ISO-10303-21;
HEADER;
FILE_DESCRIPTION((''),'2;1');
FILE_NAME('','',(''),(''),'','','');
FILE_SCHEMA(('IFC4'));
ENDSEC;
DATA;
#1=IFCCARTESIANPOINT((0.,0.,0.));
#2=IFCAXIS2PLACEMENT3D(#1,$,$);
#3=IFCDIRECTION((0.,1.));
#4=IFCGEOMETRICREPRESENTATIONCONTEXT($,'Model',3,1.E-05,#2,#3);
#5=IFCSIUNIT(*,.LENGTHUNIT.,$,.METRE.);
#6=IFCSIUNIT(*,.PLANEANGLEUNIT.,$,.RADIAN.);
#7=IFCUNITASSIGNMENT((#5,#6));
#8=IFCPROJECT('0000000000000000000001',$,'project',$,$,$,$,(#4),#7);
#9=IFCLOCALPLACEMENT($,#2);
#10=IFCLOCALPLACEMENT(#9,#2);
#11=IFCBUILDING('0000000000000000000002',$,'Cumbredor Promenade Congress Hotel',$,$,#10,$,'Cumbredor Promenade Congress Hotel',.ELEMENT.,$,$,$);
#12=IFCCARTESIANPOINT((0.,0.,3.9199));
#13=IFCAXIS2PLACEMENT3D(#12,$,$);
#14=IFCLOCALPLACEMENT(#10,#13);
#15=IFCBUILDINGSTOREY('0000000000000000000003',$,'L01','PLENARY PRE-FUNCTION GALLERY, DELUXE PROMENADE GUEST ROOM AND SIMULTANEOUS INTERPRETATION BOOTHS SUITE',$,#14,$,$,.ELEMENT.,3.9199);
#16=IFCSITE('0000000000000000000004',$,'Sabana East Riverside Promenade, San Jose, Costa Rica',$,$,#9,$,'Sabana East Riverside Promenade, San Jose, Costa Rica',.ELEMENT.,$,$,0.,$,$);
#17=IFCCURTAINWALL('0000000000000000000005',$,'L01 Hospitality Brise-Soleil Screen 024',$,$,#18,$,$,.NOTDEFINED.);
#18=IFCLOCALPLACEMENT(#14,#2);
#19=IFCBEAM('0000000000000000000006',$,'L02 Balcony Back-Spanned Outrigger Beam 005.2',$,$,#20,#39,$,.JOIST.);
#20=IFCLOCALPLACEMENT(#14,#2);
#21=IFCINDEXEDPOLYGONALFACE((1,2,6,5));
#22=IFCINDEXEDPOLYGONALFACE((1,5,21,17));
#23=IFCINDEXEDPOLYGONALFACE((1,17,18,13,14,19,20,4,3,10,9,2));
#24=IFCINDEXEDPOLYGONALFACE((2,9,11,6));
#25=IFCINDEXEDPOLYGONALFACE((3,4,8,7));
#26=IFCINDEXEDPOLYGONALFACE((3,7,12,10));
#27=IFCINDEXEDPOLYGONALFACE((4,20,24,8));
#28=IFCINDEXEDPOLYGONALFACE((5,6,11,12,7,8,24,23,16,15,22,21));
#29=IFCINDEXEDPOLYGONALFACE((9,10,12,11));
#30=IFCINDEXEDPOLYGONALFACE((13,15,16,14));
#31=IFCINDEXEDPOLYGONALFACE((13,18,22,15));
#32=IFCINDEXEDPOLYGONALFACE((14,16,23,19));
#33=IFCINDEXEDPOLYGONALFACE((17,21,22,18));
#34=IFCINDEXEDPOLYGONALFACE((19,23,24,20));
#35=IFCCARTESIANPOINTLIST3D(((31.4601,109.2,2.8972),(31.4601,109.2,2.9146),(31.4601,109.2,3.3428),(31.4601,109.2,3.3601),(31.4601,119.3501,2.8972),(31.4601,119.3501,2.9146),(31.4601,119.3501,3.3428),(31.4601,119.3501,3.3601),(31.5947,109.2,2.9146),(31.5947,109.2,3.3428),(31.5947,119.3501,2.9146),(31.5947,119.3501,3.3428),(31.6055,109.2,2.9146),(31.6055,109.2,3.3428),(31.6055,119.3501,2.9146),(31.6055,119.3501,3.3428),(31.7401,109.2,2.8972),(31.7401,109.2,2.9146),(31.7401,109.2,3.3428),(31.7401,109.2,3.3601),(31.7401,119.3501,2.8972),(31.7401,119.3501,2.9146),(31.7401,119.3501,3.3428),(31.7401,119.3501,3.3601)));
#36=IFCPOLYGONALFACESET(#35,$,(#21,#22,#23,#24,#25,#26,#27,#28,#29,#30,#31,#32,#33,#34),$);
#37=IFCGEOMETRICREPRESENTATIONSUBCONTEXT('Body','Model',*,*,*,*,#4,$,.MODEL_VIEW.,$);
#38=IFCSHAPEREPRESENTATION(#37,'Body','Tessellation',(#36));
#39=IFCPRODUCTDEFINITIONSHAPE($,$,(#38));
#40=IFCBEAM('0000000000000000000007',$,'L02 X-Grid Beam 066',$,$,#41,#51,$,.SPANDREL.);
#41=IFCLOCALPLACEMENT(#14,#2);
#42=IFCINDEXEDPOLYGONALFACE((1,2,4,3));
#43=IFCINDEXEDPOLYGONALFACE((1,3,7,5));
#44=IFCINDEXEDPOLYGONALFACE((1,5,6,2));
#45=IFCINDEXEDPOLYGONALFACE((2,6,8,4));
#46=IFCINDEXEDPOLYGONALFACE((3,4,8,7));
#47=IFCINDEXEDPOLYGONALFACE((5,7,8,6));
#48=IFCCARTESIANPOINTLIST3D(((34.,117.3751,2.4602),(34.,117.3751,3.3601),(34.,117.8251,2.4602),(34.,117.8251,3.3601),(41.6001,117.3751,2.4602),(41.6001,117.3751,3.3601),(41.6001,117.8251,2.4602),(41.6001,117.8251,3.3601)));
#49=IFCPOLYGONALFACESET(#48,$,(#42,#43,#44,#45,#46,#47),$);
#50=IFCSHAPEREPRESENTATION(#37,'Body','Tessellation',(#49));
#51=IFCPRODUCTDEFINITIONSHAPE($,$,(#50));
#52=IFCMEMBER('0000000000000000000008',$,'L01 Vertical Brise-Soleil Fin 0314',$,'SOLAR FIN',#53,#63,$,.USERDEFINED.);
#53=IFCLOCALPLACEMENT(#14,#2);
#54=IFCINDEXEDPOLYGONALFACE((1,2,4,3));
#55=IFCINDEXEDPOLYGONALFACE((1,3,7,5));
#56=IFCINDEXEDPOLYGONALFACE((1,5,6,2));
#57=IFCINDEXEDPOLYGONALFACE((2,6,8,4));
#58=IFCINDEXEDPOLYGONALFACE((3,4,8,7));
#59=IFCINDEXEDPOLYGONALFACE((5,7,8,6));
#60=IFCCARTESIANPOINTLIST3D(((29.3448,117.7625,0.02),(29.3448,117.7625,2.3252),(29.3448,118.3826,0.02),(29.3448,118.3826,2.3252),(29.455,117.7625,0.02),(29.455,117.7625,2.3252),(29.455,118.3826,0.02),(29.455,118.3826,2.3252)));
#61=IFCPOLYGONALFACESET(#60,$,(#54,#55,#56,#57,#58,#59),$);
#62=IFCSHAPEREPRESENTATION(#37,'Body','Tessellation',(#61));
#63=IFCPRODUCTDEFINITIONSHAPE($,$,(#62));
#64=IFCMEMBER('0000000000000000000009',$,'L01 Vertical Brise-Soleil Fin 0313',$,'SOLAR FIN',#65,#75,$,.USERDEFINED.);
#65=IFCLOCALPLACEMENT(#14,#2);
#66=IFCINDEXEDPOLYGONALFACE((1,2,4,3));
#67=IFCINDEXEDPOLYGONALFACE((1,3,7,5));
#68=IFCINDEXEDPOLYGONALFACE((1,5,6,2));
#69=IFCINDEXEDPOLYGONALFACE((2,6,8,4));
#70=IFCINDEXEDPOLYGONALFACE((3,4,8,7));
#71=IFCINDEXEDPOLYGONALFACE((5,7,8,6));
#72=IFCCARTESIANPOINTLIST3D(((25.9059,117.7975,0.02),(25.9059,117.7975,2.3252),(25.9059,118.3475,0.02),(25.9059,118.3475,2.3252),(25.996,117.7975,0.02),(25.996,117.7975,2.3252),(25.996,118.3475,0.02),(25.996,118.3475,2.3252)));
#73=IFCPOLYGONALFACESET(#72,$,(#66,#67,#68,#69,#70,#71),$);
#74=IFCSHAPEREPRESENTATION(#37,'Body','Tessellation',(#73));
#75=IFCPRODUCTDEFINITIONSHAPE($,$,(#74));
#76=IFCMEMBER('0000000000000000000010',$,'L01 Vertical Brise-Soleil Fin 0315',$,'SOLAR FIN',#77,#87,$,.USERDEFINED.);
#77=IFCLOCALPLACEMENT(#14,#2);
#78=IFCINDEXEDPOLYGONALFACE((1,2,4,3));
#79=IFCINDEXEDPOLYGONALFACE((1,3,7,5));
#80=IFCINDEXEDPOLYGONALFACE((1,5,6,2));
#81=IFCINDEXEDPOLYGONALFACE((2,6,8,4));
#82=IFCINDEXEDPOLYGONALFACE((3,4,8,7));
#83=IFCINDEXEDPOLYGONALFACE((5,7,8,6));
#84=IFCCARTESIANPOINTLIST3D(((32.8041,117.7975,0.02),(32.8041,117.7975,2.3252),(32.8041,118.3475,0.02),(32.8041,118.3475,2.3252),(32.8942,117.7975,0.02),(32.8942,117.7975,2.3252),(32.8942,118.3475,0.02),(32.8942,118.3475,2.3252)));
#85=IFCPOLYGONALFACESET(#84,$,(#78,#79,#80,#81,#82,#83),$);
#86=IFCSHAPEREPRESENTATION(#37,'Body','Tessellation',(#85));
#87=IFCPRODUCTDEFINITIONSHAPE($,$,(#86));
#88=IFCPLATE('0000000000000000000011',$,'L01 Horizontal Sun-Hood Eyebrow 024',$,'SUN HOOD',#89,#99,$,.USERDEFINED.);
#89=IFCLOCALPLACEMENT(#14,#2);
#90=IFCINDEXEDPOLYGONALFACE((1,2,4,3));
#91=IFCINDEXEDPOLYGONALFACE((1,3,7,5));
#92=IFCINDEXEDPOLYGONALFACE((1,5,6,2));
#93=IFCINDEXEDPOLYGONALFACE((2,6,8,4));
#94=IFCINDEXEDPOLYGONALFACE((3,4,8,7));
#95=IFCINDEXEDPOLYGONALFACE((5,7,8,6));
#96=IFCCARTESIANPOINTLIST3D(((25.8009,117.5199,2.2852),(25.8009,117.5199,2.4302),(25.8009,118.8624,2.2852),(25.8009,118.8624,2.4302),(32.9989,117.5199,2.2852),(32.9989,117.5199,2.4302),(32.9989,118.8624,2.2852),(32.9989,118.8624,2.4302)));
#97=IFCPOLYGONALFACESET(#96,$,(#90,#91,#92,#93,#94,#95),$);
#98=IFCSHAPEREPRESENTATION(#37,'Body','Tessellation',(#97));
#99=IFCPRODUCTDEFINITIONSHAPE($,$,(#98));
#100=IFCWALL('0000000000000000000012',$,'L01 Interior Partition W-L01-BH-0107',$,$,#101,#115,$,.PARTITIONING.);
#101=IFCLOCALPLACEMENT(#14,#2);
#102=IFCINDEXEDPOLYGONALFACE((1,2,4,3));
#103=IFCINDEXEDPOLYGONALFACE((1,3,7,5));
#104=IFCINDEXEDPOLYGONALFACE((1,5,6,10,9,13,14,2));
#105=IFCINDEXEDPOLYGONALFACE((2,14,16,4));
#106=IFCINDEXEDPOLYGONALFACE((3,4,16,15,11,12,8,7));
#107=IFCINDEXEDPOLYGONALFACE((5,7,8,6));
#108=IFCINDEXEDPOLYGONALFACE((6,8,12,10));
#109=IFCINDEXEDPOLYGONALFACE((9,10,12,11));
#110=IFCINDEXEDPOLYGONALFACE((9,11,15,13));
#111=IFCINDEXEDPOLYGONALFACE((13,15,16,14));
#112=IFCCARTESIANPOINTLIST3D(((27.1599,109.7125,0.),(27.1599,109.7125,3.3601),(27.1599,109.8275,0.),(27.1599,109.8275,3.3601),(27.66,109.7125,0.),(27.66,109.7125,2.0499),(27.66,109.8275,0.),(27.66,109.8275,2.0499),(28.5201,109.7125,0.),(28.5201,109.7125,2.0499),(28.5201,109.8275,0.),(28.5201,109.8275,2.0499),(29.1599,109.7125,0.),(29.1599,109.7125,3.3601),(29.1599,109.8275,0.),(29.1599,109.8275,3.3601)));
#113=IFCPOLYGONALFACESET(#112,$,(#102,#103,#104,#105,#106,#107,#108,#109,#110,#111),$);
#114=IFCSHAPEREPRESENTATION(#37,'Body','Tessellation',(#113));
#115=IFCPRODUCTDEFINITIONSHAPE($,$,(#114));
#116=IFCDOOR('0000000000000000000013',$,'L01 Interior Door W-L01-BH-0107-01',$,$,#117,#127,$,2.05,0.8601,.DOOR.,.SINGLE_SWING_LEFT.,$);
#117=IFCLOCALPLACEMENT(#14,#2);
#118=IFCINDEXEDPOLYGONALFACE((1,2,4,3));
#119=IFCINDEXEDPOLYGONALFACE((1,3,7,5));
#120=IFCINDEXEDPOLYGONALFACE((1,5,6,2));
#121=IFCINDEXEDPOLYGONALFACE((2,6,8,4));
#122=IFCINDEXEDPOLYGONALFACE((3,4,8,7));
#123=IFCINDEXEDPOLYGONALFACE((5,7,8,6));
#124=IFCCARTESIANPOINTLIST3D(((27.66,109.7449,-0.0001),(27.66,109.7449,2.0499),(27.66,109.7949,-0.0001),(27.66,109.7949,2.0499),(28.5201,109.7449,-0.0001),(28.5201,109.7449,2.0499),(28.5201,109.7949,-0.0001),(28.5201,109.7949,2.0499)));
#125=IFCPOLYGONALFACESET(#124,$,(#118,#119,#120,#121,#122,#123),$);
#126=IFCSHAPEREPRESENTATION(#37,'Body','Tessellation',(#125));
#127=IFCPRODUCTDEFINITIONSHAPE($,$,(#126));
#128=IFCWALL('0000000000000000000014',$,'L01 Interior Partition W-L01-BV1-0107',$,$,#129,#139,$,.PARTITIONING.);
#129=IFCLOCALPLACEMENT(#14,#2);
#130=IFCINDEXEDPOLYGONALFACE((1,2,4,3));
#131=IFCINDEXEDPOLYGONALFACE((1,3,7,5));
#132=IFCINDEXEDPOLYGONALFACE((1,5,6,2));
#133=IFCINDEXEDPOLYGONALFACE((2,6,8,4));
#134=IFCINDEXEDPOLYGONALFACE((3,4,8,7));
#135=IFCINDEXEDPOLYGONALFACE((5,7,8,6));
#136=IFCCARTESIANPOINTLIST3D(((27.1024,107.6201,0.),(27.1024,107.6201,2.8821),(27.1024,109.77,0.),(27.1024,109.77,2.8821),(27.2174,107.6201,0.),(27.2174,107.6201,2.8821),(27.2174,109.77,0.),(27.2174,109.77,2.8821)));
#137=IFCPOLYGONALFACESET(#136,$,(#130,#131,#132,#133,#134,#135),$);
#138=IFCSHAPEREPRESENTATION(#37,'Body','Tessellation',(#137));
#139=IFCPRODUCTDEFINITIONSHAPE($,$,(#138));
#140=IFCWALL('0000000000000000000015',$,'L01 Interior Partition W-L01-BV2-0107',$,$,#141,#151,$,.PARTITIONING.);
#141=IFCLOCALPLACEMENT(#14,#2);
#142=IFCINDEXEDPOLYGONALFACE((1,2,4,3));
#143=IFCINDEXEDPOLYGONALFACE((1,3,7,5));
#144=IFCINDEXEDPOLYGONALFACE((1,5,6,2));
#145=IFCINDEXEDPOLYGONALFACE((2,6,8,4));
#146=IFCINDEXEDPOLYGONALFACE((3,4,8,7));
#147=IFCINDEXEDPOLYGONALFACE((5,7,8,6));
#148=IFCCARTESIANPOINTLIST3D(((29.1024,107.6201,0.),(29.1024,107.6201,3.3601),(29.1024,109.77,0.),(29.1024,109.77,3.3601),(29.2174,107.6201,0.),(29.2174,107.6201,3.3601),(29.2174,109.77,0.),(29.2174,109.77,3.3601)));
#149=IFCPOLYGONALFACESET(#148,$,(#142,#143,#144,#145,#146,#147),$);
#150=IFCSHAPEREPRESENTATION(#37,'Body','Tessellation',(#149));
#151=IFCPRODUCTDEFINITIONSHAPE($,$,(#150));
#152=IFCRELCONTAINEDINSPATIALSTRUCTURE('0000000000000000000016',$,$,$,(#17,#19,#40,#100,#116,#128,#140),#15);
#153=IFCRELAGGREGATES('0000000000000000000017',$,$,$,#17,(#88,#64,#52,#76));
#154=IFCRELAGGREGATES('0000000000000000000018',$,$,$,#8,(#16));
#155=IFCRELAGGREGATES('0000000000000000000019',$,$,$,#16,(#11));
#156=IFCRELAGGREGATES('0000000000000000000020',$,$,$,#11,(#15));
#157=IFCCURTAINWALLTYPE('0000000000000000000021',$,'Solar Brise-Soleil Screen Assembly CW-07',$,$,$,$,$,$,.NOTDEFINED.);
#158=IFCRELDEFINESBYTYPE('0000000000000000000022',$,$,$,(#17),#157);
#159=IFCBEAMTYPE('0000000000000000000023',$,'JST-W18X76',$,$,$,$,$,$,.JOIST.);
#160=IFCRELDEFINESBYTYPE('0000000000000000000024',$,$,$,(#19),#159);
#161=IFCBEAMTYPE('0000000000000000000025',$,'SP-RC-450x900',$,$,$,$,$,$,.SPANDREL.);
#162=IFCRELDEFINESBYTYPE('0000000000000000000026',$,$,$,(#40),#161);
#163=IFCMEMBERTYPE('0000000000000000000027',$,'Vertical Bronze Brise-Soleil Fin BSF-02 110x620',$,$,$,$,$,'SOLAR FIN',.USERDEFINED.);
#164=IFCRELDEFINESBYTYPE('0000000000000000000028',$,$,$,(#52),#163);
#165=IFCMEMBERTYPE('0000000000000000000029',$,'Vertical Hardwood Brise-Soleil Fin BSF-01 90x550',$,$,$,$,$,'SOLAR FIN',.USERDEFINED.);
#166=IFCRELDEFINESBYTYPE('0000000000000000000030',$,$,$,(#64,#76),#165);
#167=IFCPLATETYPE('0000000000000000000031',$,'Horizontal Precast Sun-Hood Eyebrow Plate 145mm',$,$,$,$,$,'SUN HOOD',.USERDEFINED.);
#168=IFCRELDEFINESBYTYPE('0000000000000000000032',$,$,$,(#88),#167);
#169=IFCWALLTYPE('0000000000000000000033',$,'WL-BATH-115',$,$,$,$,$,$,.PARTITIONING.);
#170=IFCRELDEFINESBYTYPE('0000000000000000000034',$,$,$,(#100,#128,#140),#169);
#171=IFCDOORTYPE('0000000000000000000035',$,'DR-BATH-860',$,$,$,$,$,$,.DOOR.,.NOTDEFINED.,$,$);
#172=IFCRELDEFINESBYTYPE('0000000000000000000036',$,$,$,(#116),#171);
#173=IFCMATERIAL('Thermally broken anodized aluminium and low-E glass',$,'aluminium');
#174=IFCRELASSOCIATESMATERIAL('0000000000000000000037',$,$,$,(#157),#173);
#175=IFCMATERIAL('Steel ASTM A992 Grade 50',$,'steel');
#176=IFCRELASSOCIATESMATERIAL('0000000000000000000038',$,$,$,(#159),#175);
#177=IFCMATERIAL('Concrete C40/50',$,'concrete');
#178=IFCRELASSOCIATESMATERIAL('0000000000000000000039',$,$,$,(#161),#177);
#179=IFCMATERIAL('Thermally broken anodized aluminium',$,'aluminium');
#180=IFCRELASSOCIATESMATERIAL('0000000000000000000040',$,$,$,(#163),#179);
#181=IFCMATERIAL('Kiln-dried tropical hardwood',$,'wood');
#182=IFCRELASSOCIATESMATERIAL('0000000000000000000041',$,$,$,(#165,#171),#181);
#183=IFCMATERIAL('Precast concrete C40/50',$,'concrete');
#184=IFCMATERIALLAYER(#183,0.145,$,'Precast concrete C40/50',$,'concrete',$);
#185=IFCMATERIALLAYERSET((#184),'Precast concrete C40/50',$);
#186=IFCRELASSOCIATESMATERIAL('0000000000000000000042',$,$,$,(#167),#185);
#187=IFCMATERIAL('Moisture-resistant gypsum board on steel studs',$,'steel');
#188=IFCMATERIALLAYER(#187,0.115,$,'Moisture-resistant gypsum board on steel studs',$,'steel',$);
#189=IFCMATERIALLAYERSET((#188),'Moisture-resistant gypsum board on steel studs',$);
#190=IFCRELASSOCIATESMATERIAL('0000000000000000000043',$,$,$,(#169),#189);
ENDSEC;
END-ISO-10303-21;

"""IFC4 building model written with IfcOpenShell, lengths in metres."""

from ifc_helpers import new_model, si_unit, direction, frame, frame_2d, origin, origin_2d, place, context, subcontext, project, spatial, rectangle, i_section, extrude, material, layer, layer_set, material_profile, profile_set, type_object, element, fill, aggregate, save


model = new_model("IFC4")

# Units and contexts
model_context = context("Model", 3, precision=1e-05, world=origin(), true_north=direction((0.0, 1.0)))
body_context = subcontext(model_context, "Body", "Model", "MODEL_VIEW")
ifc_project = project(units=[si_unit("LENGTHUNIT", "METRE"), si_unit("PLANEANGLEUNIT", "RADIAN")], contexts=[model_context])

# Site, building, storey
site_placement = place(None, origin())
site = spatial("IfcSite", under=ifc_project, at=site_placement, Name="Sabana East Riverside Promenade, San Jose, Costa Rica", LongName="Sabana East Riverside Promenade, San Jose, Costa Rica", CompositionType="ELEMENT", RefElevation=0.0)
building_placement = place(site_placement, origin())
building = spatial("IfcBuilding", under=site, at=building_placement, Name="Cumbredor Promenade Congress Hotel", LongName="Cumbredor Promenade Congress Hotel", CompositionType="ELEMENT")
storey_placement = place(building_placement, frame((0.0, 0.0, 3.9199)))
storey = spatial("IfcBuildingStorey", under=building, at=storey_placement, Name="L01", Description="PLENARY PRE-FUNCTION GALLERY, DELUXE PROMENADE GUEST ROOM AND SIMULTANEOUS INTERPRETATION BOOTHS SUITE", CompositionType="ELEMENT", Elevation=3.9199)

# Shared definitions
ifc_material_1 = material(Name="Concrete C40/50", Category="concrete")

# Curtain wall
ifc_material_2 = material(Name="Thermally broken anodized aluminium and low-E glass", Category="aluminium")
ifc_material_3 = material(Name="Thermally broken anodized aluminium", Category="aluminium")
curtain_wall_type_1 = type_object("IfcCurtainWallType", Name="Solar Brise-Soleil Screen Assembly CW-07", PredefinedType="NOTDEFINED", material=ifc_material_2)
curtain_wall_1_placement = place(storey_placement, origin())
curtain_wall_1 = element("IfcCurtainWall", 1, at=curtain_wall_1_placement, inside=storey, type_object=curtain_wall_type_1, Name="L01 Hospitality Brise-Soleil Screen 024", PredefinedType="NOTDEFINED")

# Beams
ifc_material_4 = material(Name="Steel ASTM A992 Grade 50", Category="steel")
ifc_material_profile_1 = material_profile(ifc_material_4, i_section(OverallWidth=0.28, OverallDepth=0.4629, WebThickness=0.0107, FlangeThickness=0.0173, at=origin_2d()), Name="W18X76")
ifc_profile_set_1 = profile_set([ifc_material_profile_1], Name="Steel ASTM A992 Grade 50")
beam_type_1 = type_object("IfcBeamType", Name="JST-W18X76", PredefinedType="JOIST", material=ifc_profile_set_1)
for number, where, z_axis, x_axis, name in (
    (2, (31.6001, 109.2, 3.1287), (0.0, 1.0, 0.0), (-1.0, 0.0, 0.0), "L02 Balcony Back-Spanned Outrigger Beam 005.2"),
):
    element("IfcBeam", number, at=place(storey_placement, frame(where, z_axis=z_axis, x_axis=x_axis)), inside=storey, type_object=beam_type_1, Name=name, PredefinedType="JOIST", context=body_context, shape_type="SweptSolid", body=[
        extrude(i_section(OverallWidth=0.28, OverallDepth=0.4629, WebThickness=0.0107, FlangeThickness=0.0173, at=origin_2d()), origin(), (0.0, 0.0, 1.0), 10.1501),
    ])
ifc_material_profile_2 = material_profile(ifc_material_1, rectangle(XDim=0.45, YDim=0.8999, at=origin_2d()), Name="RC SPANDREL 450x900")
ifc_profile_set_2 = profile_set([ifc_material_profile_2], Name="Concrete C40/50")
beam_type_2 = type_object("IfcBeamType", Name="SP-RC-450x900", PredefinedType="SPANDREL", material=ifc_profile_set_2)
beam_1_placement = place(storey_placement, frame((34.0, 117.6001, 2.9102), z_axis=(1.0, 0.0, 0.0), x_axis=(0.0, 1.0, 0.0)))
element("IfcBeam", 3, at=beam_1_placement, inside=storey, type_object=beam_type_2, Name="L02 X-Grid Beam 066", PredefinedType="SPANDREL", context=body_context, shape_type="SweptSolid", body=[
    extrude(rectangle(XDim=0.45, YDim=0.8999, at=origin_2d()), origin(), (0.0, 0.0, 1.0), 7.6001),
])

# Members
ifc_material_profile_3 = material_profile(ifc_material_3, rectangle(XDim=0.1101, YDim=0.6201, at=origin_2d()), Name="ARCH FIN 110x620")
ifc_profile_set_3 = profile_set([ifc_material_profile_3], Name="Thermally broken anodized aluminium")
member_type_1 = type_object("IfcMemberType", Name="Vertical Bronze Brise-Soleil Fin BSF-02 110x620", ElementType="SOLAR FIN", PredefinedType="USERDEFINED", material=ifc_profile_set_3)
member_1_placement = place(storey_placement, frame((29.3999, 118.0725, 0.02), z_axis=(0.0, 0.0, 1.0), x_axis=(1.0, 0.0, 0.0)))
member_1 = element("IfcMember", 4, at=member_1_placement, type_object=member_type_1, Name="L01 Vertical Brise-Soleil Fin 0314", ObjectType="SOLAR FIN", PredefinedType="USERDEFINED", context=body_context, shape_type="SweptSolid", body=[
    extrude(rectangle(XDim=0.1101, YDim=0.6201, at=origin_2d()), origin(), (0.0, 0.0, 1.0), 2.3052),
])
ifc_material_5 = material(Name="Kiln-dried tropical hardwood", Category="wood")
ifc_material_profile_4 = material_profile(ifc_material_5, rectangle(XDim=0.0901, YDim=0.55, at=origin_2d()), Name="ARCH FIN 90x550")
ifc_profile_set_4 = profile_set([ifc_material_profile_4], Name="Kiln-dried tropical hardwood")
member_type_2 = type_object("IfcMemberType", Name="Vertical Hardwood Brise-Soleil Fin BSF-01 90x550", ElementType="SOLAR FIN", PredefinedType="USERDEFINED", material=ifc_profile_set_4)
member_2_placement = place(storey_placement, frame((25.9509, 118.0725, 0.02), z_axis=(0.0, 0.0, 1.0), x_axis=(1.0, 0.0, 0.0)))
member_2 = element("IfcMember", 5, at=member_2_placement, type_object=member_type_2, Name="L01 Vertical Brise-Soleil Fin 0313", ObjectType="SOLAR FIN", PredefinedType="USERDEFINED", context=body_context, shape_type="SweptSolid", body=[
    extrude(rectangle(XDim=0.0901, YDim=0.55, at=origin_2d()), origin(), (0.0, 0.0, 1.0), 2.3052),
])
member_3_placement = place(storey_placement, frame((32.8491, 118.0725, 0.02), z_axis=(0.0, 0.0, 1.0), x_axis=(1.0, 0.0, 0.0)))
member_3 = element("IfcMember", 6, at=member_3_placement, type_object=member_type_2, Name="L01 Vertical Brise-Soleil Fin 0315", ObjectType="SOLAR FIN", PredefinedType="USERDEFINED", context=body_context, shape_type="SweptSolid", body=[
    extrude(rectangle(XDim=0.0901, YDim=0.55, at=origin_2d()), origin(), (0.0, 0.0, 1.0), 2.3052),
])

# Plate
ifc_material_6 = material(Name="Precast concrete C40/50", Category="concrete")
ifc_layer_1 = layer(ifc_material_6, 0.145, Name="Precast concrete C40/50", Category="concrete")
ifc_layer_set_1 = layer_set([ifc_layer_1], Name="Precast concrete C40/50")
plate_type = type_object("IfcPlateType", Name="Horizontal Precast Sun-Hood Eyebrow Plate 145mm", ElementType="SUN HOOD", PredefinedType="USERDEFINED", material=ifc_layer_set_1)
plate_placement = place(storey_placement, frame((29.3999, 118.1912, 2.2852), z_axis=(0.0, 0.0, 1.0), x_axis=(1.0, 0.0, 0.0)))
plate = element("IfcPlate", 7, at=plate_placement, type_object=plate_type, Name="L01 Horizontal Sun-Hood Eyebrow 024", ObjectType="SUN HOOD", PredefinedType="USERDEFINED", context=body_context, shape_type="SweptSolid", body=[
    extrude(rectangle(XDim=7.198, YDim=1.3425, at=origin_2d()), origin(), (0.0, 0.0, 1.0), 0.145),
])
aggregate(curtain_wall_1, [plate, member_2, member_1, member_3])

# Wall, opening, door
ifc_material_7 = material(Name="Moisture-resistant gypsum board on steel studs", Category="steel")
ifc_layer_2 = layer(ifc_material_7, 0.115, Name="Moisture-resistant gypsum board on steel studs", Category="steel")
ifc_layer_set_2 = layer_set([ifc_layer_2], Name="Moisture-resistant gypsum board on steel studs")
wall_type_1 = type_object("IfcWallType", Name="WL-BATH-115", PredefinedType="PARTITIONING", material=ifc_layer_set_2)
wall_1_placement = place(storey_placement, frame((27.1599, 109.77, 0.0), z_axis=(0.0, 0.0, 1.0), x_axis=(1.0, 0.0, 0.0)))
wall_1 = element("IfcWall", 8, at=wall_1_placement, inside=storey, type_object=wall_type_1, Name="L01 Interior Partition W-L01-BH-0107", PredefinedType="PARTITIONING", context=body_context, shape_type="SweptSolid", body=[
    extrude(rectangle(XDim=2.0, YDim=0.115, at=frame_2d((1.0, 0.0))), origin(), (0.0, 0.0, 1.0), 3.3601),
])
opening_1_placement = place(wall_1_placement, frame((0.5, 0.0, 0.0)))
opening_1 = element("IfcOpeningElement", 9, at=opening_1_placement, cuts=wall_1, PredefinedType="OPENING", context=body_context, shape_type="SweptSolid", body=[
    extrude(rectangle(XDim=0.8601, YDim=2.05, at=frame_2d((0.4302, 1.0249))), frame((0.0, 0.0674, 0.0), z_axis=(0.0, -1.0, 0.0), x_axis=(1.0, 0.0, 0.0)), (0.0, 0.0, 1.0), 0.135),
])
door_type = type_object("IfcDoorType", Name="DR-BATH-860", OperationType="NOTDEFINED", PredefinedType="DOOR", material=ifc_material_5)
door_1_placement = place(opening_1_placement, origin())
door_1 = element("IfcDoor", 10, at=door_1_placement, inside=storey, type_object=door_type, Name="L01 Interior Door W-L01-BH-0107-01", OperationType="SINGLE_SWING_LEFT", OverallHeight=2.05, OverallWidth=0.8601, PredefinedType="DOOR", context=body_context, shape_type="SweptSolid", body=[
    extrude(rectangle(XDim=0.8601, YDim=2.05, at=frame_2d((0.4302, 1.0249))), frame((0.0, 0.0249, 0.0), z_axis=(0.0, -1.0, 0.0), x_axis=(1.0, 0.0, 0.0)), (0.0, 0.0, 1.0), 0.05),
])
fill(opening_1, door_1)

# Walls
wall_2_placement = place(storey_placement, frame((27.1599, 107.6201, 0.0), z_axis=(0.0, 0.0, 1.0), x_axis=(0.0, 1.0, 0.0)))
element("IfcWall", 11, at=wall_2_placement, inside=storey, type_object=wall_type_1, Name="L01 Interior Partition W-L01-BV1-0107", PredefinedType="PARTITIONING", context=body_context, shape_type="SweptSolid", body=[
    extrude(rectangle(XDim=2.1499, YDim=0.115, at=frame_2d((1.075, 0.0))), origin(), (0.0, 0.0, 1.0), 2.8821),
])
wall_3_placement = place(storey_placement, frame((29.1599, 107.6201, 0.0), z_axis=(0.0, 0.0, 1.0), x_axis=(0.0, 1.0, 0.0)))
element("IfcWall", 12, at=wall_3_placement, inside=storey, type_object=wall_type_1, Name="L01 Interior Partition W-L01-BV2-0107", PredefinedType="PARTITIONING", context=body_context, shape_type="SweptSolid", body=[
    extrude(rectangle(XDim=2.1499, YDim=0.115, at=frame_2d((1.075, 0.0))), origin(), (0.0, 0.0, 1.0), 3.3601),
])

save(model, "model.ifc")
